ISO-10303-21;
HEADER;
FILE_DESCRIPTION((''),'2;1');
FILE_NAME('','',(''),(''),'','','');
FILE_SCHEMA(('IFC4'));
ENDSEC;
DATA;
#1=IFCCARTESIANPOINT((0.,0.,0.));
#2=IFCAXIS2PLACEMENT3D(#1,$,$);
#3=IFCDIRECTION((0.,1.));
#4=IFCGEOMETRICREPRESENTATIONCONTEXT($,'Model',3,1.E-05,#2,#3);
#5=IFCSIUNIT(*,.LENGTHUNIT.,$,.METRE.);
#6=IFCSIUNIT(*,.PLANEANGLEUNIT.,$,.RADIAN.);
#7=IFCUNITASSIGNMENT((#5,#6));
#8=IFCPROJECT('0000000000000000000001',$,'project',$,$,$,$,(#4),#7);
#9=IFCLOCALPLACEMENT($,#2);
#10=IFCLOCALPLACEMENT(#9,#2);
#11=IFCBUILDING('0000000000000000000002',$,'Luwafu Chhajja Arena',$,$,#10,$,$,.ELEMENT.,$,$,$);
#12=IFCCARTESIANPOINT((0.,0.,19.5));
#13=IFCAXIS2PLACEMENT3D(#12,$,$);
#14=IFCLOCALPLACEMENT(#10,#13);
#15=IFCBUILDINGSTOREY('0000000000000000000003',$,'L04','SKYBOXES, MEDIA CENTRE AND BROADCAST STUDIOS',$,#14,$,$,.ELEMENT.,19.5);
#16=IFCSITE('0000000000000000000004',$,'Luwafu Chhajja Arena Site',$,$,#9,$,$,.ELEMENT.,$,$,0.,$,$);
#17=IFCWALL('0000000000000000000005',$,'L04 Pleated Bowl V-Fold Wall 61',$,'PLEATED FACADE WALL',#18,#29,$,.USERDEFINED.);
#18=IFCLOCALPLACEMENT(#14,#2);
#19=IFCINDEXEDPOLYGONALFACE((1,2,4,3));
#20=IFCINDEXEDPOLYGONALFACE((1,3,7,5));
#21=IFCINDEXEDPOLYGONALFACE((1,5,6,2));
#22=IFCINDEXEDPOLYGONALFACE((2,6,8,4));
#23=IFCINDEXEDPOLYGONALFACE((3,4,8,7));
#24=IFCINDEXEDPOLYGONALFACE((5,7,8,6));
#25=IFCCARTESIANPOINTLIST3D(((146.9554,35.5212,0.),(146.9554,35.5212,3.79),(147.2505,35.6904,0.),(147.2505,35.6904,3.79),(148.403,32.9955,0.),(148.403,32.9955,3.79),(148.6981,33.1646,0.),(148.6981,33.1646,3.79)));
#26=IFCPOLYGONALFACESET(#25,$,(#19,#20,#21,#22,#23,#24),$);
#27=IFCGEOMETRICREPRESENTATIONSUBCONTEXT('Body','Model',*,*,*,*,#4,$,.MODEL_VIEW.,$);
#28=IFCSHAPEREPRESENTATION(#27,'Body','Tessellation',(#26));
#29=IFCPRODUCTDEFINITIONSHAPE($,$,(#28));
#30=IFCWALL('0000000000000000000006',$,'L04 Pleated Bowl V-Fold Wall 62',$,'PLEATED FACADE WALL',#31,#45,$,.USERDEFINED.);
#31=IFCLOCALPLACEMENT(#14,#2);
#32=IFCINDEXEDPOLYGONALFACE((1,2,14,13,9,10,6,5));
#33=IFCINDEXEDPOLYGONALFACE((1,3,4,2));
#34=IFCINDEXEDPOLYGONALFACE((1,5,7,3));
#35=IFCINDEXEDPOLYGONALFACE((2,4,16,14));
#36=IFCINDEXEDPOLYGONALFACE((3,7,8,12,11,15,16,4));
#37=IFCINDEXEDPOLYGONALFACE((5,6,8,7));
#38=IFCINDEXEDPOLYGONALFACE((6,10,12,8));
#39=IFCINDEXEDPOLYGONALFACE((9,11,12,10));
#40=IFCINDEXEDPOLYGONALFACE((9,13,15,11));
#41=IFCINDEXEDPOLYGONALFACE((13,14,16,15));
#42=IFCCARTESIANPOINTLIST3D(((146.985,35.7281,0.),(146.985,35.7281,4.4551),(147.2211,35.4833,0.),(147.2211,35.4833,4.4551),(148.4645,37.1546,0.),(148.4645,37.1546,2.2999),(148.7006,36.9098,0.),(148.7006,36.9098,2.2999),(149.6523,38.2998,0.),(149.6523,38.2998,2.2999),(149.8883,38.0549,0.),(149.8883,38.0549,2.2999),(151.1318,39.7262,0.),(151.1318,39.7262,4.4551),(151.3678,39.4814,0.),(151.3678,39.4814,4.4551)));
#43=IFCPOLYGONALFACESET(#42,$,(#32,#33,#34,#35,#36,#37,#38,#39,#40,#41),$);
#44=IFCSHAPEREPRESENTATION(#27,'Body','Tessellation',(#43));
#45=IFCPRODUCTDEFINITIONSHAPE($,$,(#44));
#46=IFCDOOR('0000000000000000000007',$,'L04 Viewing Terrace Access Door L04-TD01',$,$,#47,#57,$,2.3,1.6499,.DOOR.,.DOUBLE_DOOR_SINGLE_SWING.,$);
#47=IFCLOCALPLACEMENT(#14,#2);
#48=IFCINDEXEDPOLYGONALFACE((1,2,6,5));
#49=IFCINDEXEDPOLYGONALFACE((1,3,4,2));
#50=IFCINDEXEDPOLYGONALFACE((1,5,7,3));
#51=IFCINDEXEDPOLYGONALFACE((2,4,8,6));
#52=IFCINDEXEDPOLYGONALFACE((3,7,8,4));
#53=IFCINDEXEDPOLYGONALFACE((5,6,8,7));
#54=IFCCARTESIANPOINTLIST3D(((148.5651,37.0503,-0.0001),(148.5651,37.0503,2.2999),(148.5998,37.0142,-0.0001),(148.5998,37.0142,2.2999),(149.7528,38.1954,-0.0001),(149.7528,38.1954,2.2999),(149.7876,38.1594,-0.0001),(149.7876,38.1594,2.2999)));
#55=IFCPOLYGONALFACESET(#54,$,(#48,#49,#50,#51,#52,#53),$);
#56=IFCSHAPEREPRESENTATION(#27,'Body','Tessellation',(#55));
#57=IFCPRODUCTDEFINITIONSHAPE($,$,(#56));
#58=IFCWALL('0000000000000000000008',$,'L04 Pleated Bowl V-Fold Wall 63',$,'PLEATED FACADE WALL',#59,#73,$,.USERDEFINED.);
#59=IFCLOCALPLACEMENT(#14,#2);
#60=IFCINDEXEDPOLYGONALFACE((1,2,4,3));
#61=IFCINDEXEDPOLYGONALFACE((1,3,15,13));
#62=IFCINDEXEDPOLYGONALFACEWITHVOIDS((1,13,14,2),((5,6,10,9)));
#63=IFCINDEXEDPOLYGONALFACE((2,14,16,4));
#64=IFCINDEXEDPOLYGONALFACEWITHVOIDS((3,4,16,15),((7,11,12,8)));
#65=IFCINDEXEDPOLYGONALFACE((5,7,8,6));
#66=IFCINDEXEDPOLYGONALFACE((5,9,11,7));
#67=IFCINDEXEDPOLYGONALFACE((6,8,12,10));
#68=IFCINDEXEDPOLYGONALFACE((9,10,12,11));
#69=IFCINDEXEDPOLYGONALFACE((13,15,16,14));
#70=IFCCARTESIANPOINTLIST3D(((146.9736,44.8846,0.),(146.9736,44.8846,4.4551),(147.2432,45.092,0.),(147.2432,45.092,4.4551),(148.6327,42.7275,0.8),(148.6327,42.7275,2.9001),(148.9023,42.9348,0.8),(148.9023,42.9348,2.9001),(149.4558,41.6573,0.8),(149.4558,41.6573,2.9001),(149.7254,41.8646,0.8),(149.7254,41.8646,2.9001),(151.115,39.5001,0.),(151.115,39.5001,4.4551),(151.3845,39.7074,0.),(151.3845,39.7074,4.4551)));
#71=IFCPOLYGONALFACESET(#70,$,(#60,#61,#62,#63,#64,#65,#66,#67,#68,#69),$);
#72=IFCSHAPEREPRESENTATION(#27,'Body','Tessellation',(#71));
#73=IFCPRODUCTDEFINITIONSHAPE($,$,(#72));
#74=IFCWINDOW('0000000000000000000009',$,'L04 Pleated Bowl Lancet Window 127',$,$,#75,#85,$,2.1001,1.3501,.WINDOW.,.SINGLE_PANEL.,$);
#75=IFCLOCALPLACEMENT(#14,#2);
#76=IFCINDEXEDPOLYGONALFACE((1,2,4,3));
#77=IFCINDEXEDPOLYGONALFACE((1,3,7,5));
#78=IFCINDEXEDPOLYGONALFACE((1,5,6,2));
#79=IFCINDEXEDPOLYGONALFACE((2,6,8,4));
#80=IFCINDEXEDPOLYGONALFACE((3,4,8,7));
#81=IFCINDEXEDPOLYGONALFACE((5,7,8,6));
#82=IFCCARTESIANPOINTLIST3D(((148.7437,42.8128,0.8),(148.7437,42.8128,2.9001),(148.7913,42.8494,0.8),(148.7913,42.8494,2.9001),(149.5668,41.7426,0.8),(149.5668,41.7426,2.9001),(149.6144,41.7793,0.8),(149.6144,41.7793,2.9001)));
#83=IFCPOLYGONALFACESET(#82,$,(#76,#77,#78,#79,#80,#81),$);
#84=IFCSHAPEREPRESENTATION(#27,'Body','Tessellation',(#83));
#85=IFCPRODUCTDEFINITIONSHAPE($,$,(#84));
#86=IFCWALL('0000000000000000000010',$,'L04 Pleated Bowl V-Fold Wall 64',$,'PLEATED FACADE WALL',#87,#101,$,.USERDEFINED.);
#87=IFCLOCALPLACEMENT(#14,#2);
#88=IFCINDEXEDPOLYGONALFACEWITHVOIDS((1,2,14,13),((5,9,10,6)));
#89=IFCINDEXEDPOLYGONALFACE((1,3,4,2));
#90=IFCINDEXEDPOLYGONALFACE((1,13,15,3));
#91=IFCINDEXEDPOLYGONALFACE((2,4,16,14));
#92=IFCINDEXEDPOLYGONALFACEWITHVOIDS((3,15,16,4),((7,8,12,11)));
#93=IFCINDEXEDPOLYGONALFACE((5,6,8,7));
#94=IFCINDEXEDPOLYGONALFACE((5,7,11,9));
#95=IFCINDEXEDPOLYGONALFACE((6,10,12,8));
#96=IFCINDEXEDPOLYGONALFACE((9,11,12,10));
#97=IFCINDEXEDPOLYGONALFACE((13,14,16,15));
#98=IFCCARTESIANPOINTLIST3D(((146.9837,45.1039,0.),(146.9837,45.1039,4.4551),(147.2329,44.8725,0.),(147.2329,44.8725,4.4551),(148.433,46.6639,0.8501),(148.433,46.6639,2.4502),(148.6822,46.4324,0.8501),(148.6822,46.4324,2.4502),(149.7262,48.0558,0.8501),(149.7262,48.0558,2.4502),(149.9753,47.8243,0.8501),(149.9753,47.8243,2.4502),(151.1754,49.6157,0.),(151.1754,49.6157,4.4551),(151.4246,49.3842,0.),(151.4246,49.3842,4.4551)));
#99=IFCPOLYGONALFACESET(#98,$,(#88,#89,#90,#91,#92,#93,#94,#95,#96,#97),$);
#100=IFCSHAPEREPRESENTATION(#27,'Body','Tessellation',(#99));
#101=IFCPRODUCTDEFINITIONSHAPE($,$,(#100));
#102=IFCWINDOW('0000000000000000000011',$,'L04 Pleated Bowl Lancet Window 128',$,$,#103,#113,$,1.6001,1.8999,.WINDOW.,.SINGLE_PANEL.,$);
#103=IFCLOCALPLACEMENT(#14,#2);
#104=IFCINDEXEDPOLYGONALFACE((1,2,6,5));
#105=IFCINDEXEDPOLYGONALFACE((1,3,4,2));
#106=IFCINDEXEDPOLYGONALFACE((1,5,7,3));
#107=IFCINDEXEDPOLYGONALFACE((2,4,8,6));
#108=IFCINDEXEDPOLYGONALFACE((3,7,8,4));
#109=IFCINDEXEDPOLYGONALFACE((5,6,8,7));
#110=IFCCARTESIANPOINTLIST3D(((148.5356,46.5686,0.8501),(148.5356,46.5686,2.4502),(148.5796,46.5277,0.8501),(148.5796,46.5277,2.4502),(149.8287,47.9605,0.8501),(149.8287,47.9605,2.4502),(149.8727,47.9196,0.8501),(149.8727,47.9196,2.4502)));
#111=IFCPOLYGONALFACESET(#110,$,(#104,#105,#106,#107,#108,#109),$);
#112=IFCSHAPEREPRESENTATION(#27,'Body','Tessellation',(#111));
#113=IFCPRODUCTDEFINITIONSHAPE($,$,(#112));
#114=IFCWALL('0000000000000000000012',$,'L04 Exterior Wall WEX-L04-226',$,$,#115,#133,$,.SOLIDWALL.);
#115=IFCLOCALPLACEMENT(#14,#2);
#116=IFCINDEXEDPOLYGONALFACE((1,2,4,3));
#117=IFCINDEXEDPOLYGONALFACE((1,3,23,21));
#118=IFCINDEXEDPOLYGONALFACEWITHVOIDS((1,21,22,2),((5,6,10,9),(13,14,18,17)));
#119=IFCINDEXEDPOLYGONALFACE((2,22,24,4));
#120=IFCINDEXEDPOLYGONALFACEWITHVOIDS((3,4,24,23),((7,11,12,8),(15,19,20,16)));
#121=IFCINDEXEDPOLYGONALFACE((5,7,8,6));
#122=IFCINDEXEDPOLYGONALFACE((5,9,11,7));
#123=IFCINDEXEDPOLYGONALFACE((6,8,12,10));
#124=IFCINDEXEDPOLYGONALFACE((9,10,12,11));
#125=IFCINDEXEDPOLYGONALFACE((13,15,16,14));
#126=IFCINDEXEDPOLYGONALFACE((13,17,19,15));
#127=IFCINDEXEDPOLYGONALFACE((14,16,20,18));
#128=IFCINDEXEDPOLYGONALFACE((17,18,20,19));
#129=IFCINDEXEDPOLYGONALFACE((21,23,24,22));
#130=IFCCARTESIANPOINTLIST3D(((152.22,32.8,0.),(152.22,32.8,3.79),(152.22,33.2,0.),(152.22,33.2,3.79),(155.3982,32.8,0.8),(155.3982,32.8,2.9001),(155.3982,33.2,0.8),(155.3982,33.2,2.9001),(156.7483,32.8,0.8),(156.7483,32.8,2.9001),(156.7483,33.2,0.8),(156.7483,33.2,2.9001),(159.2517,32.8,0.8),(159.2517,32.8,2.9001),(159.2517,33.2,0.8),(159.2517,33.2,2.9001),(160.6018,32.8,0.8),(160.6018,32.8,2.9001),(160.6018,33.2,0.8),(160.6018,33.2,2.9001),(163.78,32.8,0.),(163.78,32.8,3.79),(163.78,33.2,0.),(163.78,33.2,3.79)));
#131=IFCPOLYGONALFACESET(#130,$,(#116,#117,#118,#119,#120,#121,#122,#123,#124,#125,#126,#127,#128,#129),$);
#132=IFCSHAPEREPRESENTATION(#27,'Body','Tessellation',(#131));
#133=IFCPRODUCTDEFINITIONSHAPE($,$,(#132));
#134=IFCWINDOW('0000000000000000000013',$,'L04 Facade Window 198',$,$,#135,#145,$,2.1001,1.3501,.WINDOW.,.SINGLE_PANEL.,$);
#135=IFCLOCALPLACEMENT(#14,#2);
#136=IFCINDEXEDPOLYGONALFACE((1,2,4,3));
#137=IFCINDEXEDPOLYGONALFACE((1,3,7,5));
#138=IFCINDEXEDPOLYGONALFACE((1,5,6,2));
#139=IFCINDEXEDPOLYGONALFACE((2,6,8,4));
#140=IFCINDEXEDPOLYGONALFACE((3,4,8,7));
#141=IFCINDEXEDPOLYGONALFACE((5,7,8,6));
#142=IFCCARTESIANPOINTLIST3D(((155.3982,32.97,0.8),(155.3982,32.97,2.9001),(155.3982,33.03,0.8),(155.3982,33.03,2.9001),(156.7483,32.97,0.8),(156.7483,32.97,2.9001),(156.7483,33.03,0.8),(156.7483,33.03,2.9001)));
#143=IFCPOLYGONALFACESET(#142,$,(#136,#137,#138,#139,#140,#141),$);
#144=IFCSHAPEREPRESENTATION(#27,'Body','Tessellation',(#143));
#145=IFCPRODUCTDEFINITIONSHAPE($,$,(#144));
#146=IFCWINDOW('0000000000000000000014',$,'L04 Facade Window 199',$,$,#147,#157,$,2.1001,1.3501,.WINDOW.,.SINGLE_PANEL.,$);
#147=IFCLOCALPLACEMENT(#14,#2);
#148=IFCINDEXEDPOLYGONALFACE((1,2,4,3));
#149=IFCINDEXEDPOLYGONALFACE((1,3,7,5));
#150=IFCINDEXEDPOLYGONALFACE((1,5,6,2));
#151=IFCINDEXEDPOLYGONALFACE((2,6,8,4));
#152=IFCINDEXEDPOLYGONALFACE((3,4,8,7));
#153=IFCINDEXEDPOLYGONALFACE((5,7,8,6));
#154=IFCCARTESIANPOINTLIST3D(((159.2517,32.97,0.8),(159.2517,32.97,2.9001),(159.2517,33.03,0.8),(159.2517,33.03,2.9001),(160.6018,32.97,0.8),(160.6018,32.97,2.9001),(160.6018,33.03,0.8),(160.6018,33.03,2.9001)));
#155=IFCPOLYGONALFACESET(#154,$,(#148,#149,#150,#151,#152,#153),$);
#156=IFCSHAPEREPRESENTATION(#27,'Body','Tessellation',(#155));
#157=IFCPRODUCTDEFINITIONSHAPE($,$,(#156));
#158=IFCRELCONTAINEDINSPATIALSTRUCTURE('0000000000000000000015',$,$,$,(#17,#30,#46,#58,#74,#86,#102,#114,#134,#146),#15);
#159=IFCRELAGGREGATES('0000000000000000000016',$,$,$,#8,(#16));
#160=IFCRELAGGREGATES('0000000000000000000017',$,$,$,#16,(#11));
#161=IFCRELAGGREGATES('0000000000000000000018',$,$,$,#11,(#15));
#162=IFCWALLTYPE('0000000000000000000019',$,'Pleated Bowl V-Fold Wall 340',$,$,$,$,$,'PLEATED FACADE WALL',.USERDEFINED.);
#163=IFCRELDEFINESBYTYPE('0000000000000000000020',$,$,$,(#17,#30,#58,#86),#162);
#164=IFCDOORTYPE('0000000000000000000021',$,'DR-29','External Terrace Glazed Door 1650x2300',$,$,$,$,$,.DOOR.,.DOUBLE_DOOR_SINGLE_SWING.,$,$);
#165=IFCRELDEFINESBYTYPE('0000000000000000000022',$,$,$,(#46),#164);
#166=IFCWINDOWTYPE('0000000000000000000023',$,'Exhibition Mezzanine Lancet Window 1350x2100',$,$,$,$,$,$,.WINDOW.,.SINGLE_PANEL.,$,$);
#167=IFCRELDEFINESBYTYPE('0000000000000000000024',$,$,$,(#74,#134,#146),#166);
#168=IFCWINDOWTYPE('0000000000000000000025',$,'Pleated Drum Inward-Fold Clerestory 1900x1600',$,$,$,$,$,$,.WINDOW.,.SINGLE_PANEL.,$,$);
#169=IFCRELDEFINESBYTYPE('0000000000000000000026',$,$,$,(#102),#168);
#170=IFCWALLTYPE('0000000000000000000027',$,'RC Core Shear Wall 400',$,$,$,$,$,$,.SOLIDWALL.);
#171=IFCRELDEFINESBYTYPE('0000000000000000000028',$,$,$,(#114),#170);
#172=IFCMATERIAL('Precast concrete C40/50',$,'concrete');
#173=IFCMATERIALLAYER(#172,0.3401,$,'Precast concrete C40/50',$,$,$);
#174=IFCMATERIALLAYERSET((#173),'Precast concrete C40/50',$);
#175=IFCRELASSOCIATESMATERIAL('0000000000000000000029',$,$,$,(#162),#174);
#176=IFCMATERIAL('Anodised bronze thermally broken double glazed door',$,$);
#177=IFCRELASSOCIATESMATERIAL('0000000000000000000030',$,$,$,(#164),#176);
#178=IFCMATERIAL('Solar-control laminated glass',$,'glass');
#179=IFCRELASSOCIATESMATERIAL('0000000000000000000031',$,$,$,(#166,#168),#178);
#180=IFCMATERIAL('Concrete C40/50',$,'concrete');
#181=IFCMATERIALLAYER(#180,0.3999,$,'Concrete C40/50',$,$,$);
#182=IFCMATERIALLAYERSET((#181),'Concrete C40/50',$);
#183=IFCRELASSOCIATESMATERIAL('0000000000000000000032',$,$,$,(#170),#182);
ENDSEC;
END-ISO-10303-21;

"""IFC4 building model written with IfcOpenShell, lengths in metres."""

from ifc_helpers import new_model, si_unit, direction, frame, frame_2d, origin, place, context, subcontext, project, spatial, rectangle, extrude, material, layer, layer_set, type_object, element, fill, save


model = new_model("IFC4")

# Units and contexts
model_context = context("Model", 3, precision=1e-05, world=origin(), true_north=direction((0.0, 1.0)))
body_context = subcontext(model_context, "Body", "Model", "MODEL_VIEW")
ifc_project = project(units=[si_unit("LENGTHUNIT", "METRE"), si_unit("PLANEANGLEUNIT", "RADIAN")], contexts=[model_context])

# Site, building, storey
site_placement = place(None, origin())
site = spatial("IfcSite", under=ifc_project, at=site_placement, Name="Luwafu Chhajja Arena Site", CompositionType="ELEMENT", RefElevation=0.0)
building_placement = place(site_placement, origin())
building = spatial("IfcBuilding", under=site, at=building_placement, Name="Luwafu Chhajja Arena", CompositionType="ELEMENT")
storey_placement = place(building_placement, frame((0.0, 0.0, 19.5)))
storey = spatial("IfcBuildingStorey", under=building, at=storey_placement, Name="L04", Description="SKYBOXES, MEDIA CENTRE AND BROADCAST STUDIOS", CompositionType="ELEMENT", Elevation=19.5)

# Shared definitions
ifc_material_1 = material(Name="Concrete C40/50", Category="concrete")

# Wall
ifc_material_2 = material(Name="Precast concrete C40/50", Category="concrete")
ifc_layer_1 = layer(ifc_material_2, 0.3401, Name="Precast concrete C40/50")
ifc_layer_set_1 = layer_set([ifc_layer_1], Name="Precast concrete C40/50")
wall_type_1 = type_object("IfcWallType", Name="Pleated Bowl V-Fold Wall 340", ElementType="PLEATED FACADE WALL", PredefinedType="USERDEFINED", material=ifc_layer_set_1)
wall_1_placement = place(storey_placement, frame((148.5505, 33.0801, 0.0), z_axis=(0.0, 0.0, 1.0), x_axis=(-0.497249, 0.867608, 0.0)))
element("IfcWall", 1, at=wall_1_placement, inside=storey, type_object=wall_type_1, Name="L04 Pleated Bowl V-Fold Wall 61", ObjectType="PLEATED FACADE WALL", PredefinedType="USERDEFINED", context=body_context, shape_type="SweptSolid", body=[
    extrude(rectangle(XDim=2.9111, YDim=0.3401, at=frame_2d((1.4556, 0.0))), origin(), (0.0, 0.0, 1.0), 3.79),
])

# Wall, opening, door
wall_2_placement = place(storey_placement, frame((147.103, 35.6057, 0.0), z_axis=(0.0, 0.0, 1.0), x_axis=(0.719895, 0.694083, 0.0)))
wall_2 = element("IfcWall", 2, at=wall_2_placement, inside=storey, type_object=wall_type_1, Name="L04 Pleated Bowl V-Fold Wall 62", ObjectType="PLEATED FACADE WALL", PredefinedType="USERDEFINED", context=body_context, shape_type="SweptSolid", body=[
    extrude(rectangle(XDim=5.7603, YDim=0.3401, at=frame_2d((2.8801, 0.0))), origin(), (0.0, 0.0, 1.0), 4.4551),
])
opening_1_placement = place(wall_2_placement, frame((2.0552, 0.0, 0.0)))
opening_1 = element("IfcOpeningElement", 3, at=opening_1_placement, cuts=wall_2, PredefinedType="OPENING", context=body_context, shape_type="SweptSolid", body=[
    extrude(rectangle(XDim=1.6499, YDim=2.3, at=frame_2d((0.825, 1.1499))), frame((0.0, 0.1799, 0.0), z_axis=(0.0, -1.0, 0.0), x_axis=(1.0, 0.0, 0.0)), (0.0, 0.0, 1.0), 0.3601),
])
ifc_material_3 = material(Name="Anodised bronze thermally broken double glazed door")
door_type = type_object("IfcDoorType", Name="DR-29", Description="External Terrace Glazed Door 1650x2300", OperationType="DOUBLE_DOOR_SINGLE_SWING", PredefinedType="DOOR", material=ifc_material_3)
door_placement = place(opening_1_placement, frame((1.6499, 0.0, 0.0), z_axis=(0.0, 0.0, 1.0), x_axis=(-1.0, 0.0, 0.0)))
door = element("IfcDoor", 4, at=door_placement, inside=storey, type_object=door_type, Name="L04 Viewing Terrace Access Door L04-TD01", OperationType="DOUBLE_DOOR_SINGLE_SWING", OverallHeight=2.3, OverallWidth=1.6499, PredefinedType="DOOR", context=body_context, shape_type="SweptSolid", body=[
    extrude(rectangle(XDim=1.6499, YDim=2.3, at=frame_2d((0.825, 1.1499))), frame((0.0, 0.0249, 0.0), z_axis=(0.0, -1.0, 0.0), x_axis=(1.0, 0.0, 0.0)), (0.0, 0.0, 1.0), 0.05),
])
fill(opening_1, door)

# Walls, openings, windows
wall_3_placement = place(storey_placement, frame((151.2498, 39.6038, 0.0), z_axis=(0.0, 0.0, 1.0), x_axis=(-0.609657, 0.792665, 0.0)))
wall_3 = element("IfcWall", 5, at=wall_3_placement, inside=storey, type_object=wall_type_1, Name="L04 Pleated Bowl V-Fold Wall 63", ObjectType="PLEATED FACADE WALL", PredefinedType="USERDEFINED", context=body_context, shape_type="SweptSolid", body=[
    extrude(rectangle(XDim=6.793, YDim=0.3401, at=frame_2d((3.3965, 0.0))), origin(), (0.0, 0.0, 1.0), 4.4551),
])
opening_2_placement = place(wall_3_placement, frame((2.7214, 0.0, 0.8)))
opening_2 = element("IfcOpeningElement", 6, at=opening_2_placement, cuts=wall_3, PredefinedType="OPENING", context=body_context, shape_type="SweptSolid", body=[
    extrude(rectangle(XDim=1.3501, YDim=2.1001, at=frame_2d((0.675, 1.05))), frame((0.0, 0.1799, 0.0), z_axis=(0.0, -1.0, 0.0), x_axis=(1.0, 0.0, 0.0)), (0.0, 0.0, 1.0), 0.3601),
])
ifc_material_4 = material(Name="Solar-control laminated glass", Category="glass")
window_type_1 = type_object("IfcWindowType", Name="Exhibition Mezzanine Lancet Window 1350x2100", PartitioningType="SINGLE_PANEL", PredefinedType="WINDOW", material=ifc_material_4)
window_1_placement = place(opening_2_placement, origin())
window_1 = element("IfcWindow", 7, at=window_1_placement, inside=storey, type_object=window_type_1, Name="L04 Pleated Bowl Lancet Window 127", OverallHeight=2.1001, OverallWidth=1.3501, PartitioningType="SINGLE_PANEL", PredefinedType="WINDOW", context=body_context, shape_type="SweptSolid", body=[
    extrude(rectangle(XDim=1.3501, YDim=2.1001, at=frame_2d((0.675, 1.05))), frame((0.0, 0.03, 0.0), z_axis=(0.0, -1.0, 0.0), x_axis=(1.0, 0.0, 0.0)), (0.0, 0.0, 1.0), 0.0601),
])
fill(opening_2, window_1)
wall_4_placement = place(storey_placement, frame((147.1084, 44.9883, 0.0), z_axis=(0.0, 0.0, 1.0), x_axis=(0.680643, 0.732616, 0.0)))
wall_4 = element("IfcWall", 8, at=wall_4_placement, inside=storey, type_object=wall_type_1, Name="L04 Pleated Bowl V-Fold Wall 64", ObjectType="PLEATED FACADE WALL", PredefinedType="USERDEFINED", context=body_context, shape_type="SweptSolid", body=[
    extrude(rectangle(XDim=6.1584, YDim=0.3401, at=frame_2d((3.0791, 0.0))), origin(), (0.0, 0.0, 1.0), 4.4551),
])
opening_3_placement = place(wall_4_placement, frame((2.1292, 0.0, 0.8501)))
opening_3 = element("IfcOpeningElement", 9, at=opening_3_placement, cuts=wall_4, PredefinedType="OPENING", context=body_context, shape_type="SweptSolid", body=[
    extrude(rectangle(XDim=1.8999, YDim=1.6001, at=frame_2d((0.95, 0.8))), frame((0.0, 0.1799, 0.0), z_axis=(0.0, -1.0, 0.0), x_axis=(1.0, 0.0, 0.0)), (0.0, 0.0, 1.0), 0.3601),
])
window_type_2 = type_object("IfcWindowType", Name="Pleated Drum Inward-Fold Clerestory 1900x1600", PartitioningType="SINGLE_PANEL", PredefinedType="WINDOW", material=ifc_material_4)
window_2_placement = place(opening_3_placement, origin())
window_2 = element("IfcWindow", 10, at=window_2_placement, inside=storey, type_object=window_type_2, Name="L04 Pleated Bowl Lancet Window 128", OverallHeight=1.6001, OverallWidth=1.8999, PartitioningType="SINGLE_PANEL", PredefinedType="WINDOW", context=body_context, shape_type="SweptSolid", body=[
    extrude(rectangle(XDim=1.8999, YDim=1.6001, at=frame_2d((0.95, 0.8))), frame((0.0, 0.03, 0.0), z_axis=(0.0, -1.0, 0.0), x_axis=(1.0, 0.0, 0.0)), (0.0, 0.0, 1.0), 0.0601),
])
fill(opening_3, window_2)

# Wall, openings, windows
ifc_layer_2 = layer(ifc_material_1, 0.3999, Name="Concrete C40/50")
ifc_layer_set_2 = layer_set([ifc_layer_2], Name="Concrete C40/50")
wall_type_2 = type_object("IfcWallType", Name="RC Core Shear Wall 400", PredefinedType="SOLIDWALL", material=ifc_layer_set_2)
wall_5_placement = place(storey_placement, frame((152.22, 33.0, 0.0), z_axis=(0.0, 0.0, 1.0), x_axis=(1.0, 0.0, 0.0)))
wall_5 = element("IfcWall", 11, at=wall_5_placement, inside=storey, type_object=wall_type_2, Name="L04 Exterior Wall WEX-L04-226", PredefinedType="SOLIDWALL", context=body_context, shape_type="SweptSolid", body=[
    extrude(rectangle(XDim=11.5601, YDim=0.3999, at=frame_2d((5.78, 0.0))), origin(), (0.0, 0.0, 1.0), 3.79),
])
opening_4_placement = place(wall_5_placement, frame((3.1782, 0.0, 0.8)))
opening_4 = element("IfcOpeningElement", 12, at=opening_4_placement, cuts=wall_5, PredefinedType="OPENING", context=body_context, shape_type="SweptSolid", body=[
    extrude(rectangle(XDim=1.3501, YDim=2.1001, at=frame_2d((0.675, 1.05))), frame((0.0, 0.21, 0.0), z_axis=(0.0, -1.0, 0.0), x_axis=(1.0, 0.0, 0.0)), (0.0, 0.0, 1.0), 0.4199),
])
opening_5_placement = place(wall_5_placement, frame((7.0317, 0.0, 0.8)))
opening_5 = element("IfcOpeningElement", 13, at=opening_5_placement, cuts=wall_5, PredefinedType="OPENING", context=body_context, shape_type="SweptSolid", body=[
    extrude(rectangle(XDim=1.3501, YDim=2.1001, at=frame_2d((0.675, 1.05))), frame((0.0, 0.21, 0.0), z_axis=(0.0, -1.0, 0.0), x_axis=(1.0, 0.0, 0.0)), (0.0, 0.0, 1.0), 0.4199),
])
window_3_placement = place(opening_4_placement, origin())
window_3 = element("IfcWindow", 14, at=window_3_placement, inside=storey, type_object=window_type_1, Name="L04 Facade Window 198", OverallHeight=2.1001, OverallWidth=1.3501, PartitioningType="SINGLE_PANEL", PredefinedType="WINDOW", context=body_context, shape_type="SweptSolid", body=[
    extrude(rectangle(XDim=1.3501, YDim=2.1001, at=frame_2d((0.675, 1.05))), frame((0.0, 0.03, 0.0), z_axis=(0.0, -1.0, 0.0), x_axis=(1.0, 0.0, 0.0)), (0.0, 0.0, 1.0), 0.0601),
])
fill(opening_4, window_3)
window_4_placement = place(opening_5_placement, origin())
window_4 = element("IfcWindow", 15, at=window_4_placement, inside=storey, type_object=window_type_1, Name="L04 Facade Window 199", OverallHeight=2.1001, OverallWidth=1.3501, PartitioningType="SINGLE_PANEL", PredefinedType="WINDOW", context=body_context, shape_type="SweptSolid", body=[
    extrude(rectangle(XDim=1.3501, YDim=2.1001, at=frame_2d((0.675, 1.05))), frame((0.0, 0.03, 0.0), z_axis=(0.0, -1.0, 0.0), x_axis=(1.0, 0.0, 0.0)), (0.0, 0.0, 1.0), 0.0601),
])
fill(opening_5, window_4)

save(model, "model.ifc")
